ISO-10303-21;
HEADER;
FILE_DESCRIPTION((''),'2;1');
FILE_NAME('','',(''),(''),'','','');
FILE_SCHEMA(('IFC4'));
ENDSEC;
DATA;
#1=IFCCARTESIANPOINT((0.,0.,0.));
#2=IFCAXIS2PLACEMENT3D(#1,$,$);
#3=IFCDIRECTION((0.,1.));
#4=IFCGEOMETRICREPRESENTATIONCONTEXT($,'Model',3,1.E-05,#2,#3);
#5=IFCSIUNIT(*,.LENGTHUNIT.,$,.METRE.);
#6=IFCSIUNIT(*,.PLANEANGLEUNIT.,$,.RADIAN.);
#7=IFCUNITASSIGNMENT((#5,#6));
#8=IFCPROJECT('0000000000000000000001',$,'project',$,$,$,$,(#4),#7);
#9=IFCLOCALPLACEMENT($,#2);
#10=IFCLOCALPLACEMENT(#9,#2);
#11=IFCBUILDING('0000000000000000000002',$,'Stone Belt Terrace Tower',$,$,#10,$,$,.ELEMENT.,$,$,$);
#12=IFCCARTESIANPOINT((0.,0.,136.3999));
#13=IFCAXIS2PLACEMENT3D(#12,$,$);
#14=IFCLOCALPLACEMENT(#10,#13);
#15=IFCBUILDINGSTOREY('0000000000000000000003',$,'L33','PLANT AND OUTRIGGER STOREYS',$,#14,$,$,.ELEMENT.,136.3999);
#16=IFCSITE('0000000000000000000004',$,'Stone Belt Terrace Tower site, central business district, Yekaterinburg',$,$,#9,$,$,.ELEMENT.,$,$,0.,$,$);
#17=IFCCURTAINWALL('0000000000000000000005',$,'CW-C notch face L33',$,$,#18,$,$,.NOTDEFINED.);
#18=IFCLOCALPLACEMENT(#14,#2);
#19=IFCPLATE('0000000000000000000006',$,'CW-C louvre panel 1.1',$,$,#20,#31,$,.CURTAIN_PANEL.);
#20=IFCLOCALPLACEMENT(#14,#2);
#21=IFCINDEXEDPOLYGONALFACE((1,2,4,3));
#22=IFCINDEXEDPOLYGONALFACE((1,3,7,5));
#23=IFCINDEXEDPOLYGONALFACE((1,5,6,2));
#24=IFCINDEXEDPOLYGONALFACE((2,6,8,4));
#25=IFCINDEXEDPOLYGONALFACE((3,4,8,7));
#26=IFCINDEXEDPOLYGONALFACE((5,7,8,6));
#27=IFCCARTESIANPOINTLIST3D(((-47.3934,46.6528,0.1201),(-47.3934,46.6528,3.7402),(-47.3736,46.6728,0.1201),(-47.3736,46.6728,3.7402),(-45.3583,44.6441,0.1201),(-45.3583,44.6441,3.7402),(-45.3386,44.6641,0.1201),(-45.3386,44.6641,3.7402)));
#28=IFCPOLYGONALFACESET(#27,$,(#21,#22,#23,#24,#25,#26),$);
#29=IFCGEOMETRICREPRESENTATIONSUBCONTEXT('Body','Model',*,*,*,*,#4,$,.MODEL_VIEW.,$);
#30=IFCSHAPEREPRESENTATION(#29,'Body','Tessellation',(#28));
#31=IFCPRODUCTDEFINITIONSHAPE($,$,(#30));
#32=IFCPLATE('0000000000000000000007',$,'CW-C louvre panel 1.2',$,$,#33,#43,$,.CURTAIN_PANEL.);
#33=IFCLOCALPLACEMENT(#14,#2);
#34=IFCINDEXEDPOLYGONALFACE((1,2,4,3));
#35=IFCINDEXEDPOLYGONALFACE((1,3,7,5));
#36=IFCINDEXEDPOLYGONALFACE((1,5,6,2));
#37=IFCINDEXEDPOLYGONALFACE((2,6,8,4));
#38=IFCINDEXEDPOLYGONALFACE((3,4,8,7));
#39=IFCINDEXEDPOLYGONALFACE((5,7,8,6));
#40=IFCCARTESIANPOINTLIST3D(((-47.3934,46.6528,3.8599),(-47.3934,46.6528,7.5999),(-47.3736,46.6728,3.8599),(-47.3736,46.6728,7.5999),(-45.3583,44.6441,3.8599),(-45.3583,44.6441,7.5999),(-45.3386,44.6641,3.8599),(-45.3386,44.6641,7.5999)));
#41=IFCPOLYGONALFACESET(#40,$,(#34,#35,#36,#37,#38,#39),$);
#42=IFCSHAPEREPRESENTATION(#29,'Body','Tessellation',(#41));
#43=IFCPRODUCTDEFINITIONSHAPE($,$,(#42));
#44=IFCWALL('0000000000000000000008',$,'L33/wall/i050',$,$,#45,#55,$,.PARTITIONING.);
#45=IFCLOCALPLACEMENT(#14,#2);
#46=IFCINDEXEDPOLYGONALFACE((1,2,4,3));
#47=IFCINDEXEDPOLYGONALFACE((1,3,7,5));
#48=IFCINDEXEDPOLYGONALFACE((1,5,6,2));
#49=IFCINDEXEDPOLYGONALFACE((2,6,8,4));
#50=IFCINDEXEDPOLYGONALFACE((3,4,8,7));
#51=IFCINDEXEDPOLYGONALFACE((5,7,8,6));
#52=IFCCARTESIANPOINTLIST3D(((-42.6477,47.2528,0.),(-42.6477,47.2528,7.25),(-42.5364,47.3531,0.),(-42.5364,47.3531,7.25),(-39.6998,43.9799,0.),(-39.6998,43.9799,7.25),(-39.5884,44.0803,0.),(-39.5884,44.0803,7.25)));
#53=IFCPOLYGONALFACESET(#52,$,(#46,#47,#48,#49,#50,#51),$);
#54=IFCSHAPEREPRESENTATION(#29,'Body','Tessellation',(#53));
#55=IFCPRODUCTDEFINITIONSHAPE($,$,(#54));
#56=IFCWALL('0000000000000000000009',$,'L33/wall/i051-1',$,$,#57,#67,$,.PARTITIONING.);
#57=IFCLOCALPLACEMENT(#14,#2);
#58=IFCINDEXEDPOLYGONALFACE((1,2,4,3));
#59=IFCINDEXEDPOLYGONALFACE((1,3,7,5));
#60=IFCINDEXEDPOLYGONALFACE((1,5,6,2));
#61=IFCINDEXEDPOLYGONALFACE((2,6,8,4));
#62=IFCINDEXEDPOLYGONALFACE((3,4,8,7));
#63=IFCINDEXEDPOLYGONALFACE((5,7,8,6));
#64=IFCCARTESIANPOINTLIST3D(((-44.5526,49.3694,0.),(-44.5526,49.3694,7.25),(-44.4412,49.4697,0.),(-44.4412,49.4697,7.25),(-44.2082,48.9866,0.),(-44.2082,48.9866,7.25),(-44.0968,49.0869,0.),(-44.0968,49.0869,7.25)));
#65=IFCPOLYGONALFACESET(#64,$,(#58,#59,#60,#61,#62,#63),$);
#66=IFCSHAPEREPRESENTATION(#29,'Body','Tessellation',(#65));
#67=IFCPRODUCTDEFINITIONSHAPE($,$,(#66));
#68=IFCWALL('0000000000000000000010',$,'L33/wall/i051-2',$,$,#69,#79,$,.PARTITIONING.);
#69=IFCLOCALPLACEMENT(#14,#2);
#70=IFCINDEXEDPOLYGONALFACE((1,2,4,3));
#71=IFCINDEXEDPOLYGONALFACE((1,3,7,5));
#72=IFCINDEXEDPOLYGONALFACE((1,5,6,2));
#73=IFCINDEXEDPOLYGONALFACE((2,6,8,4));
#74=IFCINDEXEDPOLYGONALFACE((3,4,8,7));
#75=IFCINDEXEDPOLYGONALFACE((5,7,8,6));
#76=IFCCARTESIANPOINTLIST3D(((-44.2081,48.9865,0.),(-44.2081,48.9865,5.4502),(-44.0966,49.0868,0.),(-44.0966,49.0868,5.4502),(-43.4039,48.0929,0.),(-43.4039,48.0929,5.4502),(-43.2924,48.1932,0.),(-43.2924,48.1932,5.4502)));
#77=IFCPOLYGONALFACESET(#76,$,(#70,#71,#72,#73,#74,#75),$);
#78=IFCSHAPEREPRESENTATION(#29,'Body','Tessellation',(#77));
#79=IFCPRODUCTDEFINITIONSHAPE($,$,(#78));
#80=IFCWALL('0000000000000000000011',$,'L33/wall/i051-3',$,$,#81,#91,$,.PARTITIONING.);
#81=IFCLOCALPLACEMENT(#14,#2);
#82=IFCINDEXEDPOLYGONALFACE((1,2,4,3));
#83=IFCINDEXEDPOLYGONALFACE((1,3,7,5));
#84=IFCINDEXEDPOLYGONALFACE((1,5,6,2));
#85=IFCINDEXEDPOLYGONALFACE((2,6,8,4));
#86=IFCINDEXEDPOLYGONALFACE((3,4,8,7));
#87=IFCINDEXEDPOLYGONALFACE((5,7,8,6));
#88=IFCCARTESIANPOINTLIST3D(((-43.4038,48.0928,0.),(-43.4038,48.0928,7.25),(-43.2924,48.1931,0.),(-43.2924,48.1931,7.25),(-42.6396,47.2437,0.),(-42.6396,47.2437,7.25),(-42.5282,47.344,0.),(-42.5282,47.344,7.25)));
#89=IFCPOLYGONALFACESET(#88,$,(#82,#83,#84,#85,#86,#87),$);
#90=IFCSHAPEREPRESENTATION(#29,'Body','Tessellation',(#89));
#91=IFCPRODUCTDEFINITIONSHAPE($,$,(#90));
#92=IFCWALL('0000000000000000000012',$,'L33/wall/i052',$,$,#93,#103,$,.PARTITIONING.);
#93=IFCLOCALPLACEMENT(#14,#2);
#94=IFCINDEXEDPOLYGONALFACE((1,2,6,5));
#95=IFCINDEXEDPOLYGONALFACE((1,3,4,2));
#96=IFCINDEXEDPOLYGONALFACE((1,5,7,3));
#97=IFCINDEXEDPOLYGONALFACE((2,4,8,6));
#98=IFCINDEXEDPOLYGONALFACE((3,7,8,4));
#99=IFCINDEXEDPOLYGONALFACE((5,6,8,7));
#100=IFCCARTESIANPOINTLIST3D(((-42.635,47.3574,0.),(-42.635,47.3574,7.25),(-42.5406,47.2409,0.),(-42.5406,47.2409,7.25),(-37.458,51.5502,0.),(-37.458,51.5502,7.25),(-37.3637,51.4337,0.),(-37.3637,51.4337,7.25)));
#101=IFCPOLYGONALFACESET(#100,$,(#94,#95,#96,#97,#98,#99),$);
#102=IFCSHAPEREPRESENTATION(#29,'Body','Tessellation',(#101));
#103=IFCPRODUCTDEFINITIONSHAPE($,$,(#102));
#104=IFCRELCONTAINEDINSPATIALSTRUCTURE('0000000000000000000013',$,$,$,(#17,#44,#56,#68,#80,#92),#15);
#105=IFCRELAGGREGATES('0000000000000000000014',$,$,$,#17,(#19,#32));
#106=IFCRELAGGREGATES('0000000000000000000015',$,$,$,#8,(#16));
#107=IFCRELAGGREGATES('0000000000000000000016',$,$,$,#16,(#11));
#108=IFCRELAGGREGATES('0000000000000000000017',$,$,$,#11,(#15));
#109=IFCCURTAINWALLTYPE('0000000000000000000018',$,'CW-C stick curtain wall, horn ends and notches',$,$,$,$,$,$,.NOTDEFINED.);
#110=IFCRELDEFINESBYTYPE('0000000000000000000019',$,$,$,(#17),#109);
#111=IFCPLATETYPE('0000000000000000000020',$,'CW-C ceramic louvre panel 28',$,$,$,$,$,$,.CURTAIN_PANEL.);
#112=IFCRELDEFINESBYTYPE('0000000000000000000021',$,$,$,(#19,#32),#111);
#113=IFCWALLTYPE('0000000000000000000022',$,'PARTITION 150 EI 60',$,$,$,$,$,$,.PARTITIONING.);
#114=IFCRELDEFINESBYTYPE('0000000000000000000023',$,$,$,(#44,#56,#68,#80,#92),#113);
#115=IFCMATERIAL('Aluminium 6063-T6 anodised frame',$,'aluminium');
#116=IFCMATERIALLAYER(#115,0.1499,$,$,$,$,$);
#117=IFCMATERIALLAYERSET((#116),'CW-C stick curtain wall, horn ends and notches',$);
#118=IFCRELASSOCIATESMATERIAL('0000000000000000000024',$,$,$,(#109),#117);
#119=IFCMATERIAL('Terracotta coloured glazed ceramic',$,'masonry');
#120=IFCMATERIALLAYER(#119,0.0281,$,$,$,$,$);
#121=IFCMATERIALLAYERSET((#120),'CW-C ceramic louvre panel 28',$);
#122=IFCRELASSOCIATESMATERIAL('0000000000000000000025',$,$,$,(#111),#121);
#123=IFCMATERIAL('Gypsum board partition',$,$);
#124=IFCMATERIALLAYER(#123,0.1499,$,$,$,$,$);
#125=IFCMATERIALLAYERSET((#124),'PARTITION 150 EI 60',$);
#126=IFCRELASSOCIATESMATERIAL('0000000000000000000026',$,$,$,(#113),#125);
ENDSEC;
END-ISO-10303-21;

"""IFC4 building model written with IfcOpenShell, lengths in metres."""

from ifc_helpers import new_model, si_unit, direction, frame, frame_2d, origin, origin_2d, place, context, subcontext, project, spatial, rectangle, extrude, material, layer, layer_set, type_object, element, aggregate, save


model = new_model("IFC4")

# Units and contexts
model_context = context("Model", 3, precision=1e-05, world=origin(), true_north=direction((0.0, 1.0)))
body_context = subcontext(model_context, "Body", "Model", "MODEL_VIEW")
ifc_project = project(units=[si_unit("LENGTHUNIT", "METRE"), si_unit("PLANEANGLEUNIT", "RADIAN")], contexts=[model_context])

# Site, building, storey
site_placement = place(None, origin())
site = spatial("IfcSite", under=ifc_project, at=site_placement, Name="Stone Belt Terrace Tower site, central business district, Yekaterinburg", CompositionType="ELEMENT", RefElevation=0.0)
building_placement = place(site_placement, origin())
building = spatial("IfcBuilding", under=site, at=building_placement, Name="Stone Belt Terrace Tower", CompositionType="ELEMENT")
storey_placement = place(building_placement, frame((0.0, 0.0, 136.3999)))
storey = spatial("IfcBuildingStorey", under=building, at=storey_placement, Name="L33", Description="PLANT AND OUTRIGGER STOREYS", CompositionType="ELEMENT", Elevation=136.3999)

# Curtain wall
ifc_material_1 = material(Name="Aluminium 6063-T6 anodised frame", Category="aluminium")
ifc_layer_1 = layer(ifc_material_1, 0.1499)
ifc_layer_set_1 = layer_set([ifc_layer_1], Name="CW-C stick curtain wall, horn ends and notches")
curtain_wall_type_1 = type_object("IfcCurtainWallType", Name="CW-C stick curtain wall, horn ends and notches", PredefinedType="NOTDEFINED", material=ifc_layer_set_1)
curtain_wall_1_placement = place(storey_placement, origin())
curtain_wall_1 = element("IfcCurtainWall", 1, at=curtain_wall_1_placement, inside=storey, type_object=curtain_wall_type_1, Name="CW-C notch face L33", PredefinedType="NOTDEFINED")

# Plates
ifc_material_2 = material(Name="Terracotta coloured glazed ceramic", Category="masonry")
ifc_layer_2 = layer(ifc_material_2, 0.0281)
ifc_layer_set_2 = layer_set([ifc_layer_2], Name="CW-C ceramic louvre panel 28")
plate_type_1 = type_object("IfcPlateType", Name="CW-C ceramic louvre panel 28", PredefinedType="CURTAIN_PANEL", material=ifc_layer_set_2)
plate_1_placement = place(storey_placement, frame((-46.366, 45.6584, 0.1201), z_axis=(0.0, 0.0, 1.0), x_axis=(0.711713, -0.70247, 0.0)))
plate_1 = element("IfcPlate", 2, at=plate_1_placement, type_object=plate_type_1, Name="CW-C louvre panel 1.1", PredefinedType="CURTAIN_PANEL", context=body_context, shape_type="SweptSolid", body=[
    extrude(rectangle(XDim=2.8594, YDim=0.0281, at=origin_2d()), origin(), (0.0, 0.0, 1.0), 3.6201),
])
plate_2_placement = place(storey_placement, frame((-46.366, 45.6584, 3.8599), z_axis=(0.0, 0.0, 1.0), x_axis=(0.711713, -0.70247, 0.0)))
plate_2 = element("IfcPlate", 3, at=plate_2_placement, type_object=plate_type_1, Name="CW-C louvre panel 1.2", PredefinedType="CURTAIN_PANEL", context=body_context, shape_type="SweptSolid", body=[
    extrude(rectangle(XDim=2.8594, YDim=0.0281, at=origin_2d()), origin(), (0.0, 0.0, 1.0), 3.74),
])
aggregate(curtain_wall_1, [plate_1, plate_2])

# Walls
ifc_material_3 = material(Name="Gypsum board partition")
ifc_layer_3 = layer(ifc_material_3, 0.1499)
ifc_layer_set_3 = layer_set([ifc_layer_3], Name="PARTITION 150 EI 60")
wall_type = type_object("IfcWallType", Name="PARTITION 150 EI 60", PredefinedType="PARTITIONING", material=ifc_layer_set_3)
wall_1_placement = place(storey_placement, frame((-42.592, 47.303, 0.0), z_axis=(0.0, 0.0, 1.0), x_axis=(0.669259, -0.74303, 0.0)))
element("IfcWall", 4, at=wall_1_placement, inside=storey, type_object=wall_type, Name="L33/wall/i050", PredefinedType="PARTITIONING", context=body_context, shape_type="SweptSolid", body=[
    extrude(rectangle(XDim=4.4048, YDim=0.1499, at=frame_2d((2.2024, 0.0))), origin(), (0.0, 0.0, 1.0), 7.25),
])
wall_2_placement = place(storey_placement, frame((-44.4968, 49.4194, 0.0), z_axis=(0.0, 0.0, 1.0), x_axis=(0.668912, -0.743341, 0.0)))
element("IfcWall", 5, at=wall_2_placement, inside=storey, type_object=wall_type, Name="L33/wall/i051-1", PredefinedType="PARTITIONING", context=body_context, shape_type="SweptSolid", body=[
    extrude(rectangle(XDim=0.5149, YDim=0.1499, at=frame_2d((0.2573, 0.0))), origin(), (0.0, 0.0, 1.0), 7.25),
])
wall_3_placement = place(storey_placement, frame((-44.1523, 49.0366, 0.0), z_axis=(0.0, 0.0, 1.0), x_axis=(0.668965, -0.743294, 0.0)))
element("IfcWall", 6, at=wall_3_placement, inside=storey, type_object=wall_type, Name="L33/wall/i051-2", PredefinedType="PARTITIONING", context=body_context, shape_type="SweptSolid", body=[
    extrude(rectangle(XDim=1.2021, YDim=0.1499, at=frame_2d((0.6011, 0.0))), origin(), (0.0, 0.0, 1.0), 5.4502),
])
wall_4_placement = place(storey_placement, frame((-43.3481, 48.1431, 0.0), z_axis=(0.0, 0.0, 1.0), x_axis=(0.668941, -0.743315, 0.0)))
element("IfcWall", 7, at=wall_4_placement, inside=storey, type_object=wall_type, Name="L33/wall/i051-3", PredefinedType="PARTITIONING", context=body_context, shape_type="SweptSolid", body=[
    extrude(rectangle(XDim=1.1423, YDim=0.1499, at=frame_2d((0.5713, 0.0))), origin(), (0.0, 0.0, 1.0), 7.25),
])
wall_5_placement = place(storey_placement, frame((-42.5879, 47.2991, 0.0), z_axis=(0.0, 0.0, 1.0), x_axis=(0.777101, 0.629376, 0.0)))
element("IfcWall", 8, at=wall_5_placement, inside=storey, type_object=wall_type, Name="L33/wall/i052", PredefinedType="PARTITIONING", context=body_context, shape_type="SweptSolid", body=[
    extrude(rectangle(XDim=6.6619, YDim=0.1499, at=frame_2d((3.3311, 0.0))), origin(), (0.0, 0.0, 1.0), 7.25),
])

save(model, "model.ifc")
